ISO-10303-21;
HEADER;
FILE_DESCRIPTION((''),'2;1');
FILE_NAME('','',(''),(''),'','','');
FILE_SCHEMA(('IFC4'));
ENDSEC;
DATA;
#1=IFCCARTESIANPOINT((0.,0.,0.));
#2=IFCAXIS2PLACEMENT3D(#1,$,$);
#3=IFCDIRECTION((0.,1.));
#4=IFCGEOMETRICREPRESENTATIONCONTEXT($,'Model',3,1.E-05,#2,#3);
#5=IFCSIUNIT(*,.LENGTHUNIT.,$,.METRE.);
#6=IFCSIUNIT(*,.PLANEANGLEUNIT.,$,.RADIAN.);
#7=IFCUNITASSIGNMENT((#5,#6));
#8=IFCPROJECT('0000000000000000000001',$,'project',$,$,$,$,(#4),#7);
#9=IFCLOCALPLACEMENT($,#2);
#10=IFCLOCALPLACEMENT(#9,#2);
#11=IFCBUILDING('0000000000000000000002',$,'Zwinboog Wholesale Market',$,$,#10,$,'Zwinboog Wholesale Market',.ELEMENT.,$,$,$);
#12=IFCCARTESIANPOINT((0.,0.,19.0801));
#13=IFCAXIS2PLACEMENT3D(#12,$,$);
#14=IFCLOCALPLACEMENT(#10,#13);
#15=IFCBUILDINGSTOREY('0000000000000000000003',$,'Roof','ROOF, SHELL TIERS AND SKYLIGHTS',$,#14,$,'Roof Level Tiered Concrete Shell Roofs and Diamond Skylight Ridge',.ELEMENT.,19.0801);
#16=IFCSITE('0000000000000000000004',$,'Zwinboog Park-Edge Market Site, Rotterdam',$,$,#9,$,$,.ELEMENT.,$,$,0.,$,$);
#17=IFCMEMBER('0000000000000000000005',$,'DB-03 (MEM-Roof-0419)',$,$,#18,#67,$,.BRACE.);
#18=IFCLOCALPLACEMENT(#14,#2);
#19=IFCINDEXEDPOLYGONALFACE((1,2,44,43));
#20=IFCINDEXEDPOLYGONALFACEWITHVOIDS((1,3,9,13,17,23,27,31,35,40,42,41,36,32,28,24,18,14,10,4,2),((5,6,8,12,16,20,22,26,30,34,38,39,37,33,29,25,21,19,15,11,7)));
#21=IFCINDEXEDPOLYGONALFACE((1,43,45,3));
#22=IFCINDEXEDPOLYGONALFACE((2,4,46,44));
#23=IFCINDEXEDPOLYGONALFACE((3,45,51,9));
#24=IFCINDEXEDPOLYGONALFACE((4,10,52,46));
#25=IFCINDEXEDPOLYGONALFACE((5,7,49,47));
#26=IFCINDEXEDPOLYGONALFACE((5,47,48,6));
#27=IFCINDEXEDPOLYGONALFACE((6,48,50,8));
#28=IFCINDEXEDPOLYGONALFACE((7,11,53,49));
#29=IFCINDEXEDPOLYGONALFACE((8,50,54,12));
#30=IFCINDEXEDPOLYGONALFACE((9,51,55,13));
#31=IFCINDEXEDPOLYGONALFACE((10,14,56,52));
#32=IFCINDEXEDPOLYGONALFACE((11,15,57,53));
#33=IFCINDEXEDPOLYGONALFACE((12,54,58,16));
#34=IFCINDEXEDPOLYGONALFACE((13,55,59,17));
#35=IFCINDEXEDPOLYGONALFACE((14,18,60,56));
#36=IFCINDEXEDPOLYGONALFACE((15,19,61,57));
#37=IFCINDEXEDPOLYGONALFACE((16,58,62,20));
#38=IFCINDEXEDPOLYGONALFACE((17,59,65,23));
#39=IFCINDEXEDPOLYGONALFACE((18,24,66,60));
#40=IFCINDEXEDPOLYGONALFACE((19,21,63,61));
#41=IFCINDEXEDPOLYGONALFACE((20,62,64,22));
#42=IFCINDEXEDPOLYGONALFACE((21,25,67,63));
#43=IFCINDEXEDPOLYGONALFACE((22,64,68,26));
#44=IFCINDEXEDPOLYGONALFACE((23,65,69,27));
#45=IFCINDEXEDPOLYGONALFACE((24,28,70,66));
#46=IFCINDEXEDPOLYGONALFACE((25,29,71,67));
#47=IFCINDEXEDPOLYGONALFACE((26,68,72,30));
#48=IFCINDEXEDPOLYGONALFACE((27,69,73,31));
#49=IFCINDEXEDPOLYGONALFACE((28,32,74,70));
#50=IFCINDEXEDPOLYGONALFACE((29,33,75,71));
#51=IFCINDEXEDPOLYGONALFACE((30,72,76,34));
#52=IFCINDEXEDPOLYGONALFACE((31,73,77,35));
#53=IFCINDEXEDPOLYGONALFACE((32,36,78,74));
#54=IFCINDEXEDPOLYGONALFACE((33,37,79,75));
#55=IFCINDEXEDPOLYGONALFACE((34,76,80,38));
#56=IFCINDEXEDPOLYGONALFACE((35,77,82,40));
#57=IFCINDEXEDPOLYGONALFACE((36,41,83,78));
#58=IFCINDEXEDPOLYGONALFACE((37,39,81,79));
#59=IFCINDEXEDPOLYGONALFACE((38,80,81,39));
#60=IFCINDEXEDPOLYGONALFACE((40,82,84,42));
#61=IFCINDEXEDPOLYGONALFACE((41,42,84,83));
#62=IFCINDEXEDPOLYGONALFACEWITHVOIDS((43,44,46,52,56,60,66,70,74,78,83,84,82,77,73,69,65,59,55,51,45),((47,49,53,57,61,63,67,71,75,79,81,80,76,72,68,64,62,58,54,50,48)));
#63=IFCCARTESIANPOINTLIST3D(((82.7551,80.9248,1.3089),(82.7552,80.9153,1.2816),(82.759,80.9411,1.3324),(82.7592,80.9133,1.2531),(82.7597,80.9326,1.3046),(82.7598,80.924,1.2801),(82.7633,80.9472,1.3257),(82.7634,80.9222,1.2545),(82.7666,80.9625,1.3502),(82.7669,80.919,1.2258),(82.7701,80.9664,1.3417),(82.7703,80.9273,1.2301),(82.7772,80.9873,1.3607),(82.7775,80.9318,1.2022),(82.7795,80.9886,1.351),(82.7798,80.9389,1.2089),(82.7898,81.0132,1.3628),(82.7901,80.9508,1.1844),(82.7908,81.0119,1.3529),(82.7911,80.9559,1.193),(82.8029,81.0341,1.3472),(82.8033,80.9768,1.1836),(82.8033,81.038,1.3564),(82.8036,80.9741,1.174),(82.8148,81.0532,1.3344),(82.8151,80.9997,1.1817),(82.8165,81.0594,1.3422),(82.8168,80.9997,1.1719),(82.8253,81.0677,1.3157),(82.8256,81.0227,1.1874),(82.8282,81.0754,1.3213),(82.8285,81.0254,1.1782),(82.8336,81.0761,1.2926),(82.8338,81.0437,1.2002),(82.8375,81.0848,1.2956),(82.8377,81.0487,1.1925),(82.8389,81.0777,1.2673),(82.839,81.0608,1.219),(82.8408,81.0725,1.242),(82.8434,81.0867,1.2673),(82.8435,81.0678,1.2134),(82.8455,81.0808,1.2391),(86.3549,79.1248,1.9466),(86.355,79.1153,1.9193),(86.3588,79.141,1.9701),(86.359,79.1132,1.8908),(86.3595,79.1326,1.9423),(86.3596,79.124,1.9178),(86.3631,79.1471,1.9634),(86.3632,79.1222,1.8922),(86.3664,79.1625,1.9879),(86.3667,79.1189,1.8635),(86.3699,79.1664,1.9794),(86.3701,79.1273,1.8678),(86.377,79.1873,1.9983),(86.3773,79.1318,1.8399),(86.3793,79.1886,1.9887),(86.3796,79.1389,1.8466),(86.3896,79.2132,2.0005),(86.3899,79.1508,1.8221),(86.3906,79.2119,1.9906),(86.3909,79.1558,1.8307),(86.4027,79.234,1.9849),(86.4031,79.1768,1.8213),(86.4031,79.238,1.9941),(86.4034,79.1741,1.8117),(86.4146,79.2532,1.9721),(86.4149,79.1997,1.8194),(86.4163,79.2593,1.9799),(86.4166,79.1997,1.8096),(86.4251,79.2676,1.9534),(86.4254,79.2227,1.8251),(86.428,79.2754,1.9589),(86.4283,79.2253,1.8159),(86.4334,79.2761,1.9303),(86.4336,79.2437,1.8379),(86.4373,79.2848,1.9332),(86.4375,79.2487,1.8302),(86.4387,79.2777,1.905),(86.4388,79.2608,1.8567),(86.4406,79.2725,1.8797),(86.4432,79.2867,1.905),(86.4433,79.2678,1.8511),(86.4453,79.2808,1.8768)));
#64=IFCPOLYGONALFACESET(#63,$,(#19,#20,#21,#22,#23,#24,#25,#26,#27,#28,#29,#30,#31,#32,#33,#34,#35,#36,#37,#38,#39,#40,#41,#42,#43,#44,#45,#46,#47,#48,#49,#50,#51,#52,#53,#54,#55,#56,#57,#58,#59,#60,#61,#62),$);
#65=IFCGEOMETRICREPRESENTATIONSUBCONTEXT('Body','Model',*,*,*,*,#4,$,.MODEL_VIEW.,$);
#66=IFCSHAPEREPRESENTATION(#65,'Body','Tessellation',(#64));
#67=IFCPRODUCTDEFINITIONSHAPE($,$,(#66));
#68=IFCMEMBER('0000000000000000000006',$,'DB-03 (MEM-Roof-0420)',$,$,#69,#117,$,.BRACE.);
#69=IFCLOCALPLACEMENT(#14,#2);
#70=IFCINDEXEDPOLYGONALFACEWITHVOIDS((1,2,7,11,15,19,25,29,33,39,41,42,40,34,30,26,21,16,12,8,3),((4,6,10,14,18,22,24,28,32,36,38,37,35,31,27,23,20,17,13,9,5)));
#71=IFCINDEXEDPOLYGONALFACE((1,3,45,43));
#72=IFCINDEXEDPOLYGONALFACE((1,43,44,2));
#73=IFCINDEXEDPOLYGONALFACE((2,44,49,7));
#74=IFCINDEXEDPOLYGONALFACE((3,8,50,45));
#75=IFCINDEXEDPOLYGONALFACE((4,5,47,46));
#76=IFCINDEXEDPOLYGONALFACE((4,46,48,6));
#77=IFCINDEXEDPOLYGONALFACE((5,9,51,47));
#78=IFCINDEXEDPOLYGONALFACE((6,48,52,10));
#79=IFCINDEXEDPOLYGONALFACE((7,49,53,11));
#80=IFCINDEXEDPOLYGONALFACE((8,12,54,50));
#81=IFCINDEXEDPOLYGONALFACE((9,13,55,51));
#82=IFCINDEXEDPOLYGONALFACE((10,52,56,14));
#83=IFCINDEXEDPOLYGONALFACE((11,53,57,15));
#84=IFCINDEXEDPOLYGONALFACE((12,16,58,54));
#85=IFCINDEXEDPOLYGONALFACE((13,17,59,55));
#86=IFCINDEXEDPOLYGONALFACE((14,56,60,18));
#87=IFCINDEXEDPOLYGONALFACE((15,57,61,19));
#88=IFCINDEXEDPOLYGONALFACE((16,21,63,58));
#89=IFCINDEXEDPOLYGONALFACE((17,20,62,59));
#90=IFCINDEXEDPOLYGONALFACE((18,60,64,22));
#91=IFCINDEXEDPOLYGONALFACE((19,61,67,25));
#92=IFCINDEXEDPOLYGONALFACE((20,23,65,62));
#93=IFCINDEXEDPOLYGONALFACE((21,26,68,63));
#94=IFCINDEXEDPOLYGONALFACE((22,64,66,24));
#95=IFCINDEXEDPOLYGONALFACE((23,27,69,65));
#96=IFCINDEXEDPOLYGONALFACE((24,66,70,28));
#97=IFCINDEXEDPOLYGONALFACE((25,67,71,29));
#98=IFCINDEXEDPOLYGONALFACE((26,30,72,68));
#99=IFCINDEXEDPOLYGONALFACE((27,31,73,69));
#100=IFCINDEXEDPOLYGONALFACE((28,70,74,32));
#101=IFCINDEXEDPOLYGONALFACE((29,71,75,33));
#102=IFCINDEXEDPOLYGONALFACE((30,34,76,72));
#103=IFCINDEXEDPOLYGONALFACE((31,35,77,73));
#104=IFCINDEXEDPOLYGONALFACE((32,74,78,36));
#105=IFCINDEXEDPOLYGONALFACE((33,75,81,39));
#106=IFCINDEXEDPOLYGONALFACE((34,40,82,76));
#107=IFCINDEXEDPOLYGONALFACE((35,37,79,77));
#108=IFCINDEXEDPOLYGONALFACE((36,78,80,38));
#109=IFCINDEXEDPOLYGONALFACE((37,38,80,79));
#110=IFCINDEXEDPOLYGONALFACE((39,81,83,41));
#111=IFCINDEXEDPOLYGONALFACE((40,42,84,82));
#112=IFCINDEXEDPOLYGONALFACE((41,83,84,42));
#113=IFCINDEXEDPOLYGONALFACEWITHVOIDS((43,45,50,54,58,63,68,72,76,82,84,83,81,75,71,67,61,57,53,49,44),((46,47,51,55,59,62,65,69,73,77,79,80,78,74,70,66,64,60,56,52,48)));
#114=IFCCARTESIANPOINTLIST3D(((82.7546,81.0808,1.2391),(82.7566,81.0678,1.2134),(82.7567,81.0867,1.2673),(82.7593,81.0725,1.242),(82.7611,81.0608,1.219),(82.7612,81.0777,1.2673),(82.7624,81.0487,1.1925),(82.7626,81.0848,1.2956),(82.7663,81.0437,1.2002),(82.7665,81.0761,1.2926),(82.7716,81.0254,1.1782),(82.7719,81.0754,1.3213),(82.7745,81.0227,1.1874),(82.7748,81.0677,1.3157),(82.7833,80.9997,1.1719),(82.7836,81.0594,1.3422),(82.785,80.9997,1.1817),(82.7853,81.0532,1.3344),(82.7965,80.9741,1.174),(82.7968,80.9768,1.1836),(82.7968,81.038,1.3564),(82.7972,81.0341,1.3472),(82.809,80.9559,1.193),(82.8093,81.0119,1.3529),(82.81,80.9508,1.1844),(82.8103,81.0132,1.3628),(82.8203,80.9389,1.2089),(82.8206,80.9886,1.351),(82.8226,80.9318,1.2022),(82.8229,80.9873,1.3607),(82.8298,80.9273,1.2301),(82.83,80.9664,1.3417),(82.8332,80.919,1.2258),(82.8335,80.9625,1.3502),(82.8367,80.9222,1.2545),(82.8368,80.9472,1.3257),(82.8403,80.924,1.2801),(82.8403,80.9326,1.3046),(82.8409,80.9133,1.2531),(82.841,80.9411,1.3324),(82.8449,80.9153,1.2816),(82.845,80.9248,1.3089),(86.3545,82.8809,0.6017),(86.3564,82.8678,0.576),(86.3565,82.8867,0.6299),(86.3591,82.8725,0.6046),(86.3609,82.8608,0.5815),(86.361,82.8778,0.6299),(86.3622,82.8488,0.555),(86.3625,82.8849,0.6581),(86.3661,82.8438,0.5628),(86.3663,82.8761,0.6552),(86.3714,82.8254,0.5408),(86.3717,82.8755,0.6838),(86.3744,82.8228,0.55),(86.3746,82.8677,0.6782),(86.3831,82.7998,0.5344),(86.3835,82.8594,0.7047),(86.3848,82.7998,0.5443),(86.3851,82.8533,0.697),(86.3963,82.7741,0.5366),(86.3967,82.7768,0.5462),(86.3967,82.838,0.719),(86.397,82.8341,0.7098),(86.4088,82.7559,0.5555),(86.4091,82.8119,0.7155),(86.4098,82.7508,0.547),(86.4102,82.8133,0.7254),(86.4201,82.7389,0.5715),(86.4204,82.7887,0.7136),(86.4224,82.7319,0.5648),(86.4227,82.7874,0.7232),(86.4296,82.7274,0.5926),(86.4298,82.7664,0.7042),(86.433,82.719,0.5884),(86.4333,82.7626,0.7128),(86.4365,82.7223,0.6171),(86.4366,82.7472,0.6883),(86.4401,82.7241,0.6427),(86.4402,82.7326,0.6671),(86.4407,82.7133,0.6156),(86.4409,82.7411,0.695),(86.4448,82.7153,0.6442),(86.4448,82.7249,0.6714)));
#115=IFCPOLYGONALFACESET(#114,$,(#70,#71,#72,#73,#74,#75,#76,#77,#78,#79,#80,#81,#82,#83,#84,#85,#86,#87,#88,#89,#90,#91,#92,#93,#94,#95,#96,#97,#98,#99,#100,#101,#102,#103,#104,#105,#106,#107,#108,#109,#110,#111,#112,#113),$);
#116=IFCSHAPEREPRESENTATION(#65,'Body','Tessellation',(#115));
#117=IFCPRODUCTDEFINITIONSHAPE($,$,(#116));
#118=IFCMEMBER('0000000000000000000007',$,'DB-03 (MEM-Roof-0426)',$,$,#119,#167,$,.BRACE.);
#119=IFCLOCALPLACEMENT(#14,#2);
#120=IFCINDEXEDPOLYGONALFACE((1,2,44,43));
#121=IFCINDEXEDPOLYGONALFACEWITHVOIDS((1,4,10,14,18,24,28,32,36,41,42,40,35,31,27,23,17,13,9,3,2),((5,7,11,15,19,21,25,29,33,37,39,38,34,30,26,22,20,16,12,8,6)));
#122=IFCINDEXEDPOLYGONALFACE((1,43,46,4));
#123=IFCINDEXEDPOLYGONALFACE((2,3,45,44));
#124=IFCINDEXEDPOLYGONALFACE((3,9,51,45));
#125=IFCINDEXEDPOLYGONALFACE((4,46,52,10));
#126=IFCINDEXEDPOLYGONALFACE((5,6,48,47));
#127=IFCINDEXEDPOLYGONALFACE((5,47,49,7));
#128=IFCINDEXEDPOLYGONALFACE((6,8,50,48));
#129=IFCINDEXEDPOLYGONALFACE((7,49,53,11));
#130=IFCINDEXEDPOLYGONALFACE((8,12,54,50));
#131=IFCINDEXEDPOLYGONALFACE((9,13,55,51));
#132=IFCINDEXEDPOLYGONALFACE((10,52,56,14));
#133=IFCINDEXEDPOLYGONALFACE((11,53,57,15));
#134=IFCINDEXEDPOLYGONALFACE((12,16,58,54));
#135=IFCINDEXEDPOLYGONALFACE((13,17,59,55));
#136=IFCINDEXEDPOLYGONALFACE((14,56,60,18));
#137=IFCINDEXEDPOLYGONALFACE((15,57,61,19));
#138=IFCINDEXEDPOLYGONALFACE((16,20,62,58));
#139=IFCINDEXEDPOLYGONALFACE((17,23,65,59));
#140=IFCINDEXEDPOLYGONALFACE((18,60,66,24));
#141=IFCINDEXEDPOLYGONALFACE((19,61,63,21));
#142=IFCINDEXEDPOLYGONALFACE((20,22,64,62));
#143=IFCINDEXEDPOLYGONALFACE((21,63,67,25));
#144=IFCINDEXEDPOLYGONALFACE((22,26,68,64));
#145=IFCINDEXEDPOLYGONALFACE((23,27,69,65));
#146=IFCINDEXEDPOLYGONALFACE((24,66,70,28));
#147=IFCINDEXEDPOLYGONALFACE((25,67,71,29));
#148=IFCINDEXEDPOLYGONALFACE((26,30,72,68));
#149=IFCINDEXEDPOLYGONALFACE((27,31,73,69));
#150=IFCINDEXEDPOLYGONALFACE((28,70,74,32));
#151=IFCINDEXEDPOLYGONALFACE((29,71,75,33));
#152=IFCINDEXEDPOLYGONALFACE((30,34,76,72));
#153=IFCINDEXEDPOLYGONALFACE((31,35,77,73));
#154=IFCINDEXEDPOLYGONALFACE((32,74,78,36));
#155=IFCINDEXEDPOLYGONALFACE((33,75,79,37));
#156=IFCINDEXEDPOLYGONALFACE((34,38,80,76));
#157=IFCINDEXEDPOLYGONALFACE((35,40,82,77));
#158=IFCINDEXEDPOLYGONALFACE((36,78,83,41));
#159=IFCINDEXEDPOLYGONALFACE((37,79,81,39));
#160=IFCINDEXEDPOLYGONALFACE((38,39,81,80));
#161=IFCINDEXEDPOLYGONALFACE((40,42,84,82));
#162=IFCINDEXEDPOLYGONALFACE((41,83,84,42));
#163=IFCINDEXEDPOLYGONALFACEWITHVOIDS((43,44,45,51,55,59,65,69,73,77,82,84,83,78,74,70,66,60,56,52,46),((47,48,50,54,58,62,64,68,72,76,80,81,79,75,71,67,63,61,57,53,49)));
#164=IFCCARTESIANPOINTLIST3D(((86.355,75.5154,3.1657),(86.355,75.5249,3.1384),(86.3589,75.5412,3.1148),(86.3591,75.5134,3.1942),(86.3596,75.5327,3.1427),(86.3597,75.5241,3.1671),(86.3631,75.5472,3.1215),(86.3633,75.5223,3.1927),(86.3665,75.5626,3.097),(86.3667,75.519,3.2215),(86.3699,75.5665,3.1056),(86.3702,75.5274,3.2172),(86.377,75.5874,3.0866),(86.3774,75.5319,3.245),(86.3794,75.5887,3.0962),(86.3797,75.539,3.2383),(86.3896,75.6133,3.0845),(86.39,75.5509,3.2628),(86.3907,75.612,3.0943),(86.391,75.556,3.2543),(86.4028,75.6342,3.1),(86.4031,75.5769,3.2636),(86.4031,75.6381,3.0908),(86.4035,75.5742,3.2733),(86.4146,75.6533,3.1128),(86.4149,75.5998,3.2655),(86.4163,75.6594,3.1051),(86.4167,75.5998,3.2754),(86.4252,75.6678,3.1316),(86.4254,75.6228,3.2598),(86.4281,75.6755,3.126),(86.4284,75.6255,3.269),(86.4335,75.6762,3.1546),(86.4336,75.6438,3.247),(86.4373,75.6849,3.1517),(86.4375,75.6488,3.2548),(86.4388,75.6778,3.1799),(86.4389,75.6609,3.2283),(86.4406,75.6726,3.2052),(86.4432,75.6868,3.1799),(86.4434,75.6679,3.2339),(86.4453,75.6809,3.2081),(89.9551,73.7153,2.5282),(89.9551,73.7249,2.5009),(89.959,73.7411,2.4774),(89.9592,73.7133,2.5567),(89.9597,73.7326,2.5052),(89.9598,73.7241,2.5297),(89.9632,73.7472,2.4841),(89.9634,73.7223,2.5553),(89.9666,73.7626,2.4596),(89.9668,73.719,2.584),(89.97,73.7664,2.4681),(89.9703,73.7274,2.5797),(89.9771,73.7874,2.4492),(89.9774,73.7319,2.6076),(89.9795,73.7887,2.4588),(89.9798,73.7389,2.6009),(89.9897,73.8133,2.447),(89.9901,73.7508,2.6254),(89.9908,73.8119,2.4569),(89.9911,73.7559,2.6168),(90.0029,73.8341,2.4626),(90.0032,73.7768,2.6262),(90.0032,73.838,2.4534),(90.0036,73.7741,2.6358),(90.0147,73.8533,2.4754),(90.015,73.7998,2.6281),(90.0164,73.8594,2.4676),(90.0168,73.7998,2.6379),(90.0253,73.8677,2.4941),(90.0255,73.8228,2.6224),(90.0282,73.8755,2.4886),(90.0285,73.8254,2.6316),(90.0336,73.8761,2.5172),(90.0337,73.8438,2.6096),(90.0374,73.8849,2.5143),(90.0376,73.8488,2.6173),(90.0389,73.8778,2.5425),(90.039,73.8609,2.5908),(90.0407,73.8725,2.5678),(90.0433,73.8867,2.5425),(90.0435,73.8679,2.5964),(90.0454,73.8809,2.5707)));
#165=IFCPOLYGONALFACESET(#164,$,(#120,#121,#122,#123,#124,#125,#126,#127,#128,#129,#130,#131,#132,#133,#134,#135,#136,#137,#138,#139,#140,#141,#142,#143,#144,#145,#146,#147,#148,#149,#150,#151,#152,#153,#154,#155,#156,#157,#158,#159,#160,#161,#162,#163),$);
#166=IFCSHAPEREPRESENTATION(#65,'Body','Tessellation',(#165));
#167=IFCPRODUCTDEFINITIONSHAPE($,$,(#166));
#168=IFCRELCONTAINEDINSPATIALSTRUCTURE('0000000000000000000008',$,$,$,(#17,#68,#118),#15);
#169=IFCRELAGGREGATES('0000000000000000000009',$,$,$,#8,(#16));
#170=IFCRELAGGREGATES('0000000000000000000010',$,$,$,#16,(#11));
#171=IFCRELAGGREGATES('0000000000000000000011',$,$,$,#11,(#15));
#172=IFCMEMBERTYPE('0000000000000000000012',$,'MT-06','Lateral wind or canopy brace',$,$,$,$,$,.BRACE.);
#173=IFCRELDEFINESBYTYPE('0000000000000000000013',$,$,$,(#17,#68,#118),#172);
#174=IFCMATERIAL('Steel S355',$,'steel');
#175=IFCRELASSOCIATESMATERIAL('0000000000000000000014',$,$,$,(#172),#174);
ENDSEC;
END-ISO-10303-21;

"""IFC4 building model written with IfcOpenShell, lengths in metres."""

from ifc_helpers import new_model, si_unit, direction, frame, origin, origin_2d, place, context, subcontext, project, spatial, hollow_circle, extrude, material, material_profile, profile_set, type_object, element, save


model = new_model("IFC4")

# Units and contexts
model_context = context("Model", 3, precision=1e-05, world=origin(), true_north=direction((0.0, 1.0)))
body_context = subcontext(model_context, "Body", "Model", "MODEL_VIEW")
ifc_project = project(units=[si_unit("LENGTHUNIT", "METRE"), si_unit("PLANEANGLEUNIT", "RADIAN")], contexts=[model_context])

# Site, building, storey
site_placement = place(None, origin())
site = spatial("IfcSite", under=ifc_project, at=site_placement, Name="Zwinboog Park-Edge Market Site, Rotterdam", CompositionType="ELEMENT", RefElevation=0.0)
building_placement = place(site_placement, origin())
building = spatial("IfcBuilding", under=site, at=building_placement, Name="Zwinboog Wholesale Market", LongName="Zwinboog Wholesale Market", CompositionType="ELEMENT")
storey_placement = place(building_placement, frame((0.0, 0.0, 19.0801)))
storey = spatial("IfcBuildingStorey", under=building, at=storey_placement, Name="Roof", Description="ROOF, SHELL TIERS AND SKYLIGHTS", LongName="Roof Level Tiered Concrete Shell Roofs and Diamond Skylight Ridge", CompositionType="ELEMENT", Elevation=19.0801)

# Members
ifc_material_1 = material(Name="Steel S355", Category="steel")
ifc_material_profile_1 = material_profile(ifc_material_1, hollow_circle(Radius=0.0969, WallThickness=0.01, at=origin_2d()), Name="CHS 193.7x10")
ifc_profile_set_1 = profile_set([ifc_material_profile_1], Name="Steel S355")
member_type_1 = type_object("IfcMemberType", Name="MT-06", Description="Lateral wind or canopy brace", PredefinedType="BRACE", material=ifc_profile_set_1)
for number, where, z_axis, x_axis, name in (
    (1, (82.8, 81.0, 1.2673), (0.883396, -0.441728, 0.156489), (0.447238, 0.894415, 0.0), "DB-03 (MEM-Roof-0419)"),
    (2, (82.8, 81.0, 1.2673), (0.883404, 0.441732, -0.15643), (-0.447238, 0.894415, 0.0), "DB-03 (MEM-Roof-0420)"),
):
    element("IfcMember", number, at=place(storey_placement, frame(where, z_axis=z_axis, x_axis=x_axis)), inside=storey, type_object=member_type_1, Name=name, PredefinedType="BRACE", context=body_context, shape_type="SweptSolid", body=[
        extrude(hollow_circle(Radius=0.0969, WallThickness=0.01, at=origin_2d()), origin(), (0.0, 0.0, 1.0), 4.075),
    ])
for number, where, z_axis, x_axis, name in (
    (3, (86.3999, 75.6001, 3.1799), (0.883417, -0.441709, -0.156422), (0.447214, 0.894427, 0.0), "DB-03 (MEM-Roof-0426)"),
):
    element("IfcMember", number, at=place(storey_placement, frame(where, z_axis=z_axis, x_axis=x_axis)), inside=storey, type_object=member_type_1, Name=name, PredefinedType="BRACE", context=body_context, shape_type="SweptSolid", body=[
        extrude(hollow_circle(Radius=0.0969, WallThickness=0.01, at=origin_2d()), origin(), (0.0, 0.0, 1.0), 4.0752),
    ])

save(model, "model.ifc")
